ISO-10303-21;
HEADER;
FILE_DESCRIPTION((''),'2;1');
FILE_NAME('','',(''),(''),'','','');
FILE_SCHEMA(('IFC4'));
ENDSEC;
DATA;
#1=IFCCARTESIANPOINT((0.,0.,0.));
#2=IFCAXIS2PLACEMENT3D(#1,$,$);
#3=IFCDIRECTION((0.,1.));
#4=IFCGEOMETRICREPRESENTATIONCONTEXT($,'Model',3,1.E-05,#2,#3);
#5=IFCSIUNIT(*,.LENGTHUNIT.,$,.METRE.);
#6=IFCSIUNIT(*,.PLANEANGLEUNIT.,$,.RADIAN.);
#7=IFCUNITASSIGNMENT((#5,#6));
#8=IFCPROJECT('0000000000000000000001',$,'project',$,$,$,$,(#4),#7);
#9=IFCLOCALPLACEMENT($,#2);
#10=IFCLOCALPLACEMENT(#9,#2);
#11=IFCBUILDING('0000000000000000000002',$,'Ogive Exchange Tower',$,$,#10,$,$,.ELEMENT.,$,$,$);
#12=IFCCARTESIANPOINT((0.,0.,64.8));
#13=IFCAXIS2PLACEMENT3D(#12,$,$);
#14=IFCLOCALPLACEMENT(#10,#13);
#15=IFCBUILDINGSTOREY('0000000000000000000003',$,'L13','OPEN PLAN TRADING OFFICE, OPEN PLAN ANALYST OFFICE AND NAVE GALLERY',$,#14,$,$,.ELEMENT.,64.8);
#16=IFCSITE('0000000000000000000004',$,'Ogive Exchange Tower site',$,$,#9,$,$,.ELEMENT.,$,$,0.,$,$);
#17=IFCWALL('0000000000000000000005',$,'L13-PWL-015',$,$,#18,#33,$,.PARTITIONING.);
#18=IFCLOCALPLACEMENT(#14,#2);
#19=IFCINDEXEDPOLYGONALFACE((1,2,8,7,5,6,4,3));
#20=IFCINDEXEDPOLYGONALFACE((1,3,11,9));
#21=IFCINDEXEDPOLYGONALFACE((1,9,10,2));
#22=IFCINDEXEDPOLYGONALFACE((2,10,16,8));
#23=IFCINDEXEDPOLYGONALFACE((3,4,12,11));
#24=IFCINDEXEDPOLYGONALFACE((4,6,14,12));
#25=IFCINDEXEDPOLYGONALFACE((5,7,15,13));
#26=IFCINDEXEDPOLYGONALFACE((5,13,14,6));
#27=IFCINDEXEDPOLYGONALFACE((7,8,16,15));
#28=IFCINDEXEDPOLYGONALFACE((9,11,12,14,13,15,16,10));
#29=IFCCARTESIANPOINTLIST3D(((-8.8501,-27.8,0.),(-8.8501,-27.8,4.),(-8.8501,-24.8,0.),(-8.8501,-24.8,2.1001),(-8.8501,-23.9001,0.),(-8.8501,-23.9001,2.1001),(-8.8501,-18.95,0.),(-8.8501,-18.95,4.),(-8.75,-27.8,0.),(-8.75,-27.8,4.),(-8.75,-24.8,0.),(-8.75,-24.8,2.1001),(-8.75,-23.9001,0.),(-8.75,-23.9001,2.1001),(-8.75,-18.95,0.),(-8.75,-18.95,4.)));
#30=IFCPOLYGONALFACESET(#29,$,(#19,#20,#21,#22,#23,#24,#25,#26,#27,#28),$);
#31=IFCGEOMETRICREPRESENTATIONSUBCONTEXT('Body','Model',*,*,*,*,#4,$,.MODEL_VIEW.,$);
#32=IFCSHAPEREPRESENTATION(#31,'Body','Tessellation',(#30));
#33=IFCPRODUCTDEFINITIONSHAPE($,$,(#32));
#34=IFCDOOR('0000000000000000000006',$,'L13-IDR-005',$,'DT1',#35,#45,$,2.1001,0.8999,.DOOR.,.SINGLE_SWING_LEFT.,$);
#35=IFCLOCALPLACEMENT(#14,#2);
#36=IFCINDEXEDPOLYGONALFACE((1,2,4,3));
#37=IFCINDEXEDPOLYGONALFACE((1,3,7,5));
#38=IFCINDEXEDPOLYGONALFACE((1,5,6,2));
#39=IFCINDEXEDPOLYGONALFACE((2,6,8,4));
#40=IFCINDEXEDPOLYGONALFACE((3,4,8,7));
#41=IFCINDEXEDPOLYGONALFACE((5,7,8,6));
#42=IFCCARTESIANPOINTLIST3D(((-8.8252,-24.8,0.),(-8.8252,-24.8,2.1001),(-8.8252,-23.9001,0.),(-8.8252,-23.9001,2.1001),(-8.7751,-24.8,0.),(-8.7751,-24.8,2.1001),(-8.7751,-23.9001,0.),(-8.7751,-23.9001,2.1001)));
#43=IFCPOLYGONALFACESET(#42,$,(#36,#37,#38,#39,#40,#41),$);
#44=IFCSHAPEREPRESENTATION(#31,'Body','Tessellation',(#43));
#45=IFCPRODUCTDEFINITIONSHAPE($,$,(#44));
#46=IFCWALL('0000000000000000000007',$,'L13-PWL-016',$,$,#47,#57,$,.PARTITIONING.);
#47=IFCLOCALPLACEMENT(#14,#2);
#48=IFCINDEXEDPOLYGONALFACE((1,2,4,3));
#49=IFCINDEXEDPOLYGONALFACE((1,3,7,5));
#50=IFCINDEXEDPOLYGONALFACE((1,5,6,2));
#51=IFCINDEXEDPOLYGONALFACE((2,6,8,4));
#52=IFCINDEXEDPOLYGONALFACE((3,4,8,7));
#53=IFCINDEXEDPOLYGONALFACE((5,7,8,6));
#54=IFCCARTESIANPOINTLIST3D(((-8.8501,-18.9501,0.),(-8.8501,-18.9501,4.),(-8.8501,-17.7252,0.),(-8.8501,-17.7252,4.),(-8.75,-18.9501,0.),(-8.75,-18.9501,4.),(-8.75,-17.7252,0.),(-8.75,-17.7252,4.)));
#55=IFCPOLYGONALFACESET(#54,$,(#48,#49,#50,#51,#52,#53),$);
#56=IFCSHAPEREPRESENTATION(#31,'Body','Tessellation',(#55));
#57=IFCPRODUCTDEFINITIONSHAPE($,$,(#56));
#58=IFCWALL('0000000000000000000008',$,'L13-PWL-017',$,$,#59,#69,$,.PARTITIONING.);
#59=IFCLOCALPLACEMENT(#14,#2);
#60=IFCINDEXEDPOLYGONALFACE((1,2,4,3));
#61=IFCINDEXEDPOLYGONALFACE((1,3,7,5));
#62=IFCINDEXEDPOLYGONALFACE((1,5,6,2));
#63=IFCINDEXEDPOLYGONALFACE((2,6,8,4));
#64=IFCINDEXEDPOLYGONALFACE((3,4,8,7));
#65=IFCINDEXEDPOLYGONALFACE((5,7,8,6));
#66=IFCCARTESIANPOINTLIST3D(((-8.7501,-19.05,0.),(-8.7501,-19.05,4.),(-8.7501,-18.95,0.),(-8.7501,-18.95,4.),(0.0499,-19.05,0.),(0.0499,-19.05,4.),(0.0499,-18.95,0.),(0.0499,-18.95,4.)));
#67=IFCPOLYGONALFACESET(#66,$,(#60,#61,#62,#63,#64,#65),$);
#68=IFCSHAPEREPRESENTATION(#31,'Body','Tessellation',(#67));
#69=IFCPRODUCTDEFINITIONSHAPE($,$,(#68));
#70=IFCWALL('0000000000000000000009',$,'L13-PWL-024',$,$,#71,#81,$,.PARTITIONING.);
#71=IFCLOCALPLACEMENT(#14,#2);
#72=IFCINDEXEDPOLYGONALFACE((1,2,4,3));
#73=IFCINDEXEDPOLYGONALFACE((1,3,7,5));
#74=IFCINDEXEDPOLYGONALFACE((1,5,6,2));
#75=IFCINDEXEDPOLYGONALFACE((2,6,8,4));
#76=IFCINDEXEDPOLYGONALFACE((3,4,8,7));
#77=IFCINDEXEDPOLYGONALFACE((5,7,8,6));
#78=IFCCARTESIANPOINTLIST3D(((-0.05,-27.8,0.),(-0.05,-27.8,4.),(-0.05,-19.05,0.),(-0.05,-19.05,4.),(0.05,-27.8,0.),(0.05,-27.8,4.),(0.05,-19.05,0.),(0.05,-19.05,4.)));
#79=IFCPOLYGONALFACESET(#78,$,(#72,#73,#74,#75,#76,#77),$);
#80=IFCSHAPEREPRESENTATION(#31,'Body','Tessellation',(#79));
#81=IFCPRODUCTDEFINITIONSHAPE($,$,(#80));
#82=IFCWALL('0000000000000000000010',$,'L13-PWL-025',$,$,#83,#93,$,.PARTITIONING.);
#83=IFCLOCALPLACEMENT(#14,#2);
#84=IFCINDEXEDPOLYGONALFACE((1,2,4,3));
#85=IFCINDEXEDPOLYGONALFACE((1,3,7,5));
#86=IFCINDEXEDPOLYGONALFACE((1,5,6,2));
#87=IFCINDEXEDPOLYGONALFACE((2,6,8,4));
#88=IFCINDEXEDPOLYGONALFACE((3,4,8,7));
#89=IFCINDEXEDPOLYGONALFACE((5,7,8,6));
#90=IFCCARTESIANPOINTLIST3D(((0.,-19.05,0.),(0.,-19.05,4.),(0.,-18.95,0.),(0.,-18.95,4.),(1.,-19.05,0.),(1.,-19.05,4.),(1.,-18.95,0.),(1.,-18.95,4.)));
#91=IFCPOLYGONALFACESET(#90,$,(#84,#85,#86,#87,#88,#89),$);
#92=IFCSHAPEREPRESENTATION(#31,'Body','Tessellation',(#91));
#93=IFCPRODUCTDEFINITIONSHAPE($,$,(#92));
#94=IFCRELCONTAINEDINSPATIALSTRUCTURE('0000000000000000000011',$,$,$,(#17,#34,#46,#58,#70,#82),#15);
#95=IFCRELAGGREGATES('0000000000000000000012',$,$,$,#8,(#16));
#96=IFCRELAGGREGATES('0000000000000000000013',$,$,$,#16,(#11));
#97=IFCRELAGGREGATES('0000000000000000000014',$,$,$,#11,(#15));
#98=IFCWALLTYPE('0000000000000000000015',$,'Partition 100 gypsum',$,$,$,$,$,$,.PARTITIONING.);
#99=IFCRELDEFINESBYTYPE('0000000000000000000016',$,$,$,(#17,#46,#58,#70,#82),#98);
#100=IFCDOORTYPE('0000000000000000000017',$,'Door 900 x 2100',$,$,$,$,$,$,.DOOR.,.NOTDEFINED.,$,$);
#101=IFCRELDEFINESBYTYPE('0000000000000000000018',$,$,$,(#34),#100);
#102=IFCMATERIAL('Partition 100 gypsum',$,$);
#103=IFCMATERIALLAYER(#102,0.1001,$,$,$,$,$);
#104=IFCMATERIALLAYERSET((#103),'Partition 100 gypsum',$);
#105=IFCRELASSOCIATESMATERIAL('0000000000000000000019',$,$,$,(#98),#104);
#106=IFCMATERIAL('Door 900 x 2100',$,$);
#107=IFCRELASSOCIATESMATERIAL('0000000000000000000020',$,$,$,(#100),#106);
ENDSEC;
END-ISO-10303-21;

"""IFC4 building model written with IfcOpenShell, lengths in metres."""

from ifc_helpers import new_model, si_unit, direction, frame, frame_2d, origin, place, context, subcontext, project, spatial, rectangle, extrude, material, layer, layer_set, type_object, element, fill, save


model = new_model("IFC4")

# Units and contexts
model_context = context("Model", 3, precision=1e-05, world=origin(), true_north=direction((0.0, 1.0)))
body_context = subcontext(model_context, "Body", "Model", "MODEL_VIEW")
ifc_project = project(units=[si_unit("LENGTHUNIT", "METRE"), si_unit("PLANEANGLEUNIT", "RADIAN")], contexts=[model_context])

# Site, building, storey
site_placement = place(None, origin())
site = spatial("IfcSite", under=ifc_project, at=site_placement, Name="Ogive Exchange Tower site", CompositionType="ELEMENT", RefElevation=0.0)
building_placement = place(site_placement, origin())
building = spatial("IfcBuilding", under=site, at=building_placement, Name="Ogive Exchange Tower", CompositionType="ELEMENT")
storey_placement = place(building_placement, frame((0.0, 0.0, 64.8)))
storey = spatial("IfcBuildingStorey", under=building, at=storey_placement, Name="L13", Description="OPEN PLAN TRADING OFFICE, OPEN PLAN ANALYST OFFICE AND NAVE GALLERY", CompositionType="ELEMENT", Elevation=64.8)

# Shared definitions
ifc_material_1 = material(Name="Partition 100 gypsum")
ifc_layer_1 = layer(ifc_material_1, 0.1001)
ifc_layer_set_1 = layer_set([ifc_layer_1], Name="Partition 100 gypsum")
wall_type_1 = type_object("IfcWallType", Name="Partition 100 gypsum", PredefinedType="PARTITIONING", material=ifc_layer_set_1)

# Wall, opening, door
wall_1_placement = place(storey_placement, frame((-8.8, -27.8, 0.0), z_axis=(0.0, 0.0, 1.0), x_axis=(0.0, 1.0, 0.0)))
wall_1 = element("IfcWall", 1, at=wall_1_placement, inside=storey, type_object=wall_type_1, Name="L13-PWL-015", PredefinedType="PARTITIONING", context=body_context, shape_type="SweptSolid", body=[
    extrude(rectangle(XDim=8.8501, YDim=0.1001, at=frame_2d((4.425, 0.0))), origin(), (0.0, 0.0, 1.0), 4.0),
])
opening_1_placement = place(wall_1_placement, frame((3.0, 0.0, 0.0)))
opening_1 = element("IfcOpeningElement", 2, at=opening_1_placement, cuts=wall_1, PredefinedType="OPENING", context=body_context, shape_type="SweptSolid", body=[
    extrude(rectangle(XDim=0.8999, YDim=2.1001, at=frame_2d((0.45, 1.05))), frame((0.0, 0.0601, 0.0), z_axis=(0.0, -1.0, 0.0), x_axis=(1.0, 0.0, 0.0)), (0.0, 0.0, 1.0), 0.1201),
])
ifc_material_2 = material(Name="Door 900 x 2100")
door_type_1 = type_object("IfcDoorType", Name="Door 900 x 2100", OperationType="NOTDEFINED", PredefinedType="DOOR", material=ifc_material_2)
door_1_placement = place(opening_1_placement, frame((0.8999, 0.0, 0.0), z_axis=(0.0, 0.0, 1.0), x_axis=(-1.0, 0.0, 0.0)))
door_1 = element("IfcDoor", 3, at=door_1_placement, inside=storey, type_object=door_type_1, Name="L13-IDR-005", ObjectType="DT1", OperationType="SINGLE_SWING_LEFT", OverallHeight=2.1001, OverallWidth=0.8999, PredefinedType="DOOR", context=body_context, shape_type="SweptSolid", body=[
    extrude(rectangle(XDim=0.8999, YDim=2.1001, at=frame_2d((0.45, 1.05))), frame((0.0, 0.0249, 0.0), z_axis=(0.0, -1.0, 0.0), x_axis=(1.0, 0.0, 0.0)), (0.0, 0.0, 1.0), 0.05),
])
fill(opening_1, door_1)

# Walls
wall_2_placement = place(storey_placement, frame((-8.8, -18.95, 0.0), z_axis=(0.0, 0.0, 1.0), x_axis=(0.0, 1.0, 0.0)))
element("IfcWall", 4, at=wall_2_placement, inside=storey, type_object=wall_type_1, Name="L13-PWL-016", PredefinedType="PARTITIONING", context=body_context, shape_type="SweptSolid", body=[
    extrude(rectangle(XDim=1.2249, YDim=0.1001, at=frame_2d((0.6123, 0.0))), origin(), (0.0, 0.0, 1.0), 4.0),
])
wall_3_placement = place(storey_placement, frame((-8.75, -19.0, 0.0), z_axis=(0.0, 0.0, 1.0), x_axis=(1.0, 0.0, 0.0)))
element("IfcWall", 5, at=wall_3_placement, inside=storey, type_object=wall_type_1, Name="L13-PWL-017", PredefinedType="PARTITIONING", context=body_context, shape_type="SweptSolid", body=[
    extrude(rectangle(XDim=8.8, YDim=0.1001, at=frame_2d((4.3999, 0.0))), origin(), (0.0, 0.0, 1.0), 4.0),
])
wall_4_placement = place(storey_placement, frame((0.0, -19.05, 0.0), z_axis=(0.0, 0.0, 1.0), x_axis=(0.0, -1.0, 0.0)))
element("IfcWall", 6, at=wall_4_placement, inside=storey, type_object=wall_type_1, Name="L13-PWL-024", PredefinedType="PARTITIONING", context=body_context, shape_type="SweptSolid", body=[
    extrude(rectangle(XDim=8.75, YDim=0.1001, at=frame_2d((4.375, 0.0))), origin(), (0.0, 0.0, 1.0), 4.0),
])
wall_5_placement = place(storey_placement, frame((0.0, -19.0, 0.0), z_axis=(0.0, 0.0, 1.0), x_axis=(1.0, 0.0, 0.0)))
element("IfcWall", 7, at=wall_5_placement, inside=storey, type_object=wall_type_1, Name="L13-PWL-025", PredefinedType="PARTITIONING", context=body_context, shape_type="SweptSolid", body=[
    extrude(rectangle(XDim=1.0, YDim=0.1001, at=frame_2d((0.5, 0.0))), origin(), (0.0, 0.0, 1.0), 4.0),
])

save(model, "model.ifc")
